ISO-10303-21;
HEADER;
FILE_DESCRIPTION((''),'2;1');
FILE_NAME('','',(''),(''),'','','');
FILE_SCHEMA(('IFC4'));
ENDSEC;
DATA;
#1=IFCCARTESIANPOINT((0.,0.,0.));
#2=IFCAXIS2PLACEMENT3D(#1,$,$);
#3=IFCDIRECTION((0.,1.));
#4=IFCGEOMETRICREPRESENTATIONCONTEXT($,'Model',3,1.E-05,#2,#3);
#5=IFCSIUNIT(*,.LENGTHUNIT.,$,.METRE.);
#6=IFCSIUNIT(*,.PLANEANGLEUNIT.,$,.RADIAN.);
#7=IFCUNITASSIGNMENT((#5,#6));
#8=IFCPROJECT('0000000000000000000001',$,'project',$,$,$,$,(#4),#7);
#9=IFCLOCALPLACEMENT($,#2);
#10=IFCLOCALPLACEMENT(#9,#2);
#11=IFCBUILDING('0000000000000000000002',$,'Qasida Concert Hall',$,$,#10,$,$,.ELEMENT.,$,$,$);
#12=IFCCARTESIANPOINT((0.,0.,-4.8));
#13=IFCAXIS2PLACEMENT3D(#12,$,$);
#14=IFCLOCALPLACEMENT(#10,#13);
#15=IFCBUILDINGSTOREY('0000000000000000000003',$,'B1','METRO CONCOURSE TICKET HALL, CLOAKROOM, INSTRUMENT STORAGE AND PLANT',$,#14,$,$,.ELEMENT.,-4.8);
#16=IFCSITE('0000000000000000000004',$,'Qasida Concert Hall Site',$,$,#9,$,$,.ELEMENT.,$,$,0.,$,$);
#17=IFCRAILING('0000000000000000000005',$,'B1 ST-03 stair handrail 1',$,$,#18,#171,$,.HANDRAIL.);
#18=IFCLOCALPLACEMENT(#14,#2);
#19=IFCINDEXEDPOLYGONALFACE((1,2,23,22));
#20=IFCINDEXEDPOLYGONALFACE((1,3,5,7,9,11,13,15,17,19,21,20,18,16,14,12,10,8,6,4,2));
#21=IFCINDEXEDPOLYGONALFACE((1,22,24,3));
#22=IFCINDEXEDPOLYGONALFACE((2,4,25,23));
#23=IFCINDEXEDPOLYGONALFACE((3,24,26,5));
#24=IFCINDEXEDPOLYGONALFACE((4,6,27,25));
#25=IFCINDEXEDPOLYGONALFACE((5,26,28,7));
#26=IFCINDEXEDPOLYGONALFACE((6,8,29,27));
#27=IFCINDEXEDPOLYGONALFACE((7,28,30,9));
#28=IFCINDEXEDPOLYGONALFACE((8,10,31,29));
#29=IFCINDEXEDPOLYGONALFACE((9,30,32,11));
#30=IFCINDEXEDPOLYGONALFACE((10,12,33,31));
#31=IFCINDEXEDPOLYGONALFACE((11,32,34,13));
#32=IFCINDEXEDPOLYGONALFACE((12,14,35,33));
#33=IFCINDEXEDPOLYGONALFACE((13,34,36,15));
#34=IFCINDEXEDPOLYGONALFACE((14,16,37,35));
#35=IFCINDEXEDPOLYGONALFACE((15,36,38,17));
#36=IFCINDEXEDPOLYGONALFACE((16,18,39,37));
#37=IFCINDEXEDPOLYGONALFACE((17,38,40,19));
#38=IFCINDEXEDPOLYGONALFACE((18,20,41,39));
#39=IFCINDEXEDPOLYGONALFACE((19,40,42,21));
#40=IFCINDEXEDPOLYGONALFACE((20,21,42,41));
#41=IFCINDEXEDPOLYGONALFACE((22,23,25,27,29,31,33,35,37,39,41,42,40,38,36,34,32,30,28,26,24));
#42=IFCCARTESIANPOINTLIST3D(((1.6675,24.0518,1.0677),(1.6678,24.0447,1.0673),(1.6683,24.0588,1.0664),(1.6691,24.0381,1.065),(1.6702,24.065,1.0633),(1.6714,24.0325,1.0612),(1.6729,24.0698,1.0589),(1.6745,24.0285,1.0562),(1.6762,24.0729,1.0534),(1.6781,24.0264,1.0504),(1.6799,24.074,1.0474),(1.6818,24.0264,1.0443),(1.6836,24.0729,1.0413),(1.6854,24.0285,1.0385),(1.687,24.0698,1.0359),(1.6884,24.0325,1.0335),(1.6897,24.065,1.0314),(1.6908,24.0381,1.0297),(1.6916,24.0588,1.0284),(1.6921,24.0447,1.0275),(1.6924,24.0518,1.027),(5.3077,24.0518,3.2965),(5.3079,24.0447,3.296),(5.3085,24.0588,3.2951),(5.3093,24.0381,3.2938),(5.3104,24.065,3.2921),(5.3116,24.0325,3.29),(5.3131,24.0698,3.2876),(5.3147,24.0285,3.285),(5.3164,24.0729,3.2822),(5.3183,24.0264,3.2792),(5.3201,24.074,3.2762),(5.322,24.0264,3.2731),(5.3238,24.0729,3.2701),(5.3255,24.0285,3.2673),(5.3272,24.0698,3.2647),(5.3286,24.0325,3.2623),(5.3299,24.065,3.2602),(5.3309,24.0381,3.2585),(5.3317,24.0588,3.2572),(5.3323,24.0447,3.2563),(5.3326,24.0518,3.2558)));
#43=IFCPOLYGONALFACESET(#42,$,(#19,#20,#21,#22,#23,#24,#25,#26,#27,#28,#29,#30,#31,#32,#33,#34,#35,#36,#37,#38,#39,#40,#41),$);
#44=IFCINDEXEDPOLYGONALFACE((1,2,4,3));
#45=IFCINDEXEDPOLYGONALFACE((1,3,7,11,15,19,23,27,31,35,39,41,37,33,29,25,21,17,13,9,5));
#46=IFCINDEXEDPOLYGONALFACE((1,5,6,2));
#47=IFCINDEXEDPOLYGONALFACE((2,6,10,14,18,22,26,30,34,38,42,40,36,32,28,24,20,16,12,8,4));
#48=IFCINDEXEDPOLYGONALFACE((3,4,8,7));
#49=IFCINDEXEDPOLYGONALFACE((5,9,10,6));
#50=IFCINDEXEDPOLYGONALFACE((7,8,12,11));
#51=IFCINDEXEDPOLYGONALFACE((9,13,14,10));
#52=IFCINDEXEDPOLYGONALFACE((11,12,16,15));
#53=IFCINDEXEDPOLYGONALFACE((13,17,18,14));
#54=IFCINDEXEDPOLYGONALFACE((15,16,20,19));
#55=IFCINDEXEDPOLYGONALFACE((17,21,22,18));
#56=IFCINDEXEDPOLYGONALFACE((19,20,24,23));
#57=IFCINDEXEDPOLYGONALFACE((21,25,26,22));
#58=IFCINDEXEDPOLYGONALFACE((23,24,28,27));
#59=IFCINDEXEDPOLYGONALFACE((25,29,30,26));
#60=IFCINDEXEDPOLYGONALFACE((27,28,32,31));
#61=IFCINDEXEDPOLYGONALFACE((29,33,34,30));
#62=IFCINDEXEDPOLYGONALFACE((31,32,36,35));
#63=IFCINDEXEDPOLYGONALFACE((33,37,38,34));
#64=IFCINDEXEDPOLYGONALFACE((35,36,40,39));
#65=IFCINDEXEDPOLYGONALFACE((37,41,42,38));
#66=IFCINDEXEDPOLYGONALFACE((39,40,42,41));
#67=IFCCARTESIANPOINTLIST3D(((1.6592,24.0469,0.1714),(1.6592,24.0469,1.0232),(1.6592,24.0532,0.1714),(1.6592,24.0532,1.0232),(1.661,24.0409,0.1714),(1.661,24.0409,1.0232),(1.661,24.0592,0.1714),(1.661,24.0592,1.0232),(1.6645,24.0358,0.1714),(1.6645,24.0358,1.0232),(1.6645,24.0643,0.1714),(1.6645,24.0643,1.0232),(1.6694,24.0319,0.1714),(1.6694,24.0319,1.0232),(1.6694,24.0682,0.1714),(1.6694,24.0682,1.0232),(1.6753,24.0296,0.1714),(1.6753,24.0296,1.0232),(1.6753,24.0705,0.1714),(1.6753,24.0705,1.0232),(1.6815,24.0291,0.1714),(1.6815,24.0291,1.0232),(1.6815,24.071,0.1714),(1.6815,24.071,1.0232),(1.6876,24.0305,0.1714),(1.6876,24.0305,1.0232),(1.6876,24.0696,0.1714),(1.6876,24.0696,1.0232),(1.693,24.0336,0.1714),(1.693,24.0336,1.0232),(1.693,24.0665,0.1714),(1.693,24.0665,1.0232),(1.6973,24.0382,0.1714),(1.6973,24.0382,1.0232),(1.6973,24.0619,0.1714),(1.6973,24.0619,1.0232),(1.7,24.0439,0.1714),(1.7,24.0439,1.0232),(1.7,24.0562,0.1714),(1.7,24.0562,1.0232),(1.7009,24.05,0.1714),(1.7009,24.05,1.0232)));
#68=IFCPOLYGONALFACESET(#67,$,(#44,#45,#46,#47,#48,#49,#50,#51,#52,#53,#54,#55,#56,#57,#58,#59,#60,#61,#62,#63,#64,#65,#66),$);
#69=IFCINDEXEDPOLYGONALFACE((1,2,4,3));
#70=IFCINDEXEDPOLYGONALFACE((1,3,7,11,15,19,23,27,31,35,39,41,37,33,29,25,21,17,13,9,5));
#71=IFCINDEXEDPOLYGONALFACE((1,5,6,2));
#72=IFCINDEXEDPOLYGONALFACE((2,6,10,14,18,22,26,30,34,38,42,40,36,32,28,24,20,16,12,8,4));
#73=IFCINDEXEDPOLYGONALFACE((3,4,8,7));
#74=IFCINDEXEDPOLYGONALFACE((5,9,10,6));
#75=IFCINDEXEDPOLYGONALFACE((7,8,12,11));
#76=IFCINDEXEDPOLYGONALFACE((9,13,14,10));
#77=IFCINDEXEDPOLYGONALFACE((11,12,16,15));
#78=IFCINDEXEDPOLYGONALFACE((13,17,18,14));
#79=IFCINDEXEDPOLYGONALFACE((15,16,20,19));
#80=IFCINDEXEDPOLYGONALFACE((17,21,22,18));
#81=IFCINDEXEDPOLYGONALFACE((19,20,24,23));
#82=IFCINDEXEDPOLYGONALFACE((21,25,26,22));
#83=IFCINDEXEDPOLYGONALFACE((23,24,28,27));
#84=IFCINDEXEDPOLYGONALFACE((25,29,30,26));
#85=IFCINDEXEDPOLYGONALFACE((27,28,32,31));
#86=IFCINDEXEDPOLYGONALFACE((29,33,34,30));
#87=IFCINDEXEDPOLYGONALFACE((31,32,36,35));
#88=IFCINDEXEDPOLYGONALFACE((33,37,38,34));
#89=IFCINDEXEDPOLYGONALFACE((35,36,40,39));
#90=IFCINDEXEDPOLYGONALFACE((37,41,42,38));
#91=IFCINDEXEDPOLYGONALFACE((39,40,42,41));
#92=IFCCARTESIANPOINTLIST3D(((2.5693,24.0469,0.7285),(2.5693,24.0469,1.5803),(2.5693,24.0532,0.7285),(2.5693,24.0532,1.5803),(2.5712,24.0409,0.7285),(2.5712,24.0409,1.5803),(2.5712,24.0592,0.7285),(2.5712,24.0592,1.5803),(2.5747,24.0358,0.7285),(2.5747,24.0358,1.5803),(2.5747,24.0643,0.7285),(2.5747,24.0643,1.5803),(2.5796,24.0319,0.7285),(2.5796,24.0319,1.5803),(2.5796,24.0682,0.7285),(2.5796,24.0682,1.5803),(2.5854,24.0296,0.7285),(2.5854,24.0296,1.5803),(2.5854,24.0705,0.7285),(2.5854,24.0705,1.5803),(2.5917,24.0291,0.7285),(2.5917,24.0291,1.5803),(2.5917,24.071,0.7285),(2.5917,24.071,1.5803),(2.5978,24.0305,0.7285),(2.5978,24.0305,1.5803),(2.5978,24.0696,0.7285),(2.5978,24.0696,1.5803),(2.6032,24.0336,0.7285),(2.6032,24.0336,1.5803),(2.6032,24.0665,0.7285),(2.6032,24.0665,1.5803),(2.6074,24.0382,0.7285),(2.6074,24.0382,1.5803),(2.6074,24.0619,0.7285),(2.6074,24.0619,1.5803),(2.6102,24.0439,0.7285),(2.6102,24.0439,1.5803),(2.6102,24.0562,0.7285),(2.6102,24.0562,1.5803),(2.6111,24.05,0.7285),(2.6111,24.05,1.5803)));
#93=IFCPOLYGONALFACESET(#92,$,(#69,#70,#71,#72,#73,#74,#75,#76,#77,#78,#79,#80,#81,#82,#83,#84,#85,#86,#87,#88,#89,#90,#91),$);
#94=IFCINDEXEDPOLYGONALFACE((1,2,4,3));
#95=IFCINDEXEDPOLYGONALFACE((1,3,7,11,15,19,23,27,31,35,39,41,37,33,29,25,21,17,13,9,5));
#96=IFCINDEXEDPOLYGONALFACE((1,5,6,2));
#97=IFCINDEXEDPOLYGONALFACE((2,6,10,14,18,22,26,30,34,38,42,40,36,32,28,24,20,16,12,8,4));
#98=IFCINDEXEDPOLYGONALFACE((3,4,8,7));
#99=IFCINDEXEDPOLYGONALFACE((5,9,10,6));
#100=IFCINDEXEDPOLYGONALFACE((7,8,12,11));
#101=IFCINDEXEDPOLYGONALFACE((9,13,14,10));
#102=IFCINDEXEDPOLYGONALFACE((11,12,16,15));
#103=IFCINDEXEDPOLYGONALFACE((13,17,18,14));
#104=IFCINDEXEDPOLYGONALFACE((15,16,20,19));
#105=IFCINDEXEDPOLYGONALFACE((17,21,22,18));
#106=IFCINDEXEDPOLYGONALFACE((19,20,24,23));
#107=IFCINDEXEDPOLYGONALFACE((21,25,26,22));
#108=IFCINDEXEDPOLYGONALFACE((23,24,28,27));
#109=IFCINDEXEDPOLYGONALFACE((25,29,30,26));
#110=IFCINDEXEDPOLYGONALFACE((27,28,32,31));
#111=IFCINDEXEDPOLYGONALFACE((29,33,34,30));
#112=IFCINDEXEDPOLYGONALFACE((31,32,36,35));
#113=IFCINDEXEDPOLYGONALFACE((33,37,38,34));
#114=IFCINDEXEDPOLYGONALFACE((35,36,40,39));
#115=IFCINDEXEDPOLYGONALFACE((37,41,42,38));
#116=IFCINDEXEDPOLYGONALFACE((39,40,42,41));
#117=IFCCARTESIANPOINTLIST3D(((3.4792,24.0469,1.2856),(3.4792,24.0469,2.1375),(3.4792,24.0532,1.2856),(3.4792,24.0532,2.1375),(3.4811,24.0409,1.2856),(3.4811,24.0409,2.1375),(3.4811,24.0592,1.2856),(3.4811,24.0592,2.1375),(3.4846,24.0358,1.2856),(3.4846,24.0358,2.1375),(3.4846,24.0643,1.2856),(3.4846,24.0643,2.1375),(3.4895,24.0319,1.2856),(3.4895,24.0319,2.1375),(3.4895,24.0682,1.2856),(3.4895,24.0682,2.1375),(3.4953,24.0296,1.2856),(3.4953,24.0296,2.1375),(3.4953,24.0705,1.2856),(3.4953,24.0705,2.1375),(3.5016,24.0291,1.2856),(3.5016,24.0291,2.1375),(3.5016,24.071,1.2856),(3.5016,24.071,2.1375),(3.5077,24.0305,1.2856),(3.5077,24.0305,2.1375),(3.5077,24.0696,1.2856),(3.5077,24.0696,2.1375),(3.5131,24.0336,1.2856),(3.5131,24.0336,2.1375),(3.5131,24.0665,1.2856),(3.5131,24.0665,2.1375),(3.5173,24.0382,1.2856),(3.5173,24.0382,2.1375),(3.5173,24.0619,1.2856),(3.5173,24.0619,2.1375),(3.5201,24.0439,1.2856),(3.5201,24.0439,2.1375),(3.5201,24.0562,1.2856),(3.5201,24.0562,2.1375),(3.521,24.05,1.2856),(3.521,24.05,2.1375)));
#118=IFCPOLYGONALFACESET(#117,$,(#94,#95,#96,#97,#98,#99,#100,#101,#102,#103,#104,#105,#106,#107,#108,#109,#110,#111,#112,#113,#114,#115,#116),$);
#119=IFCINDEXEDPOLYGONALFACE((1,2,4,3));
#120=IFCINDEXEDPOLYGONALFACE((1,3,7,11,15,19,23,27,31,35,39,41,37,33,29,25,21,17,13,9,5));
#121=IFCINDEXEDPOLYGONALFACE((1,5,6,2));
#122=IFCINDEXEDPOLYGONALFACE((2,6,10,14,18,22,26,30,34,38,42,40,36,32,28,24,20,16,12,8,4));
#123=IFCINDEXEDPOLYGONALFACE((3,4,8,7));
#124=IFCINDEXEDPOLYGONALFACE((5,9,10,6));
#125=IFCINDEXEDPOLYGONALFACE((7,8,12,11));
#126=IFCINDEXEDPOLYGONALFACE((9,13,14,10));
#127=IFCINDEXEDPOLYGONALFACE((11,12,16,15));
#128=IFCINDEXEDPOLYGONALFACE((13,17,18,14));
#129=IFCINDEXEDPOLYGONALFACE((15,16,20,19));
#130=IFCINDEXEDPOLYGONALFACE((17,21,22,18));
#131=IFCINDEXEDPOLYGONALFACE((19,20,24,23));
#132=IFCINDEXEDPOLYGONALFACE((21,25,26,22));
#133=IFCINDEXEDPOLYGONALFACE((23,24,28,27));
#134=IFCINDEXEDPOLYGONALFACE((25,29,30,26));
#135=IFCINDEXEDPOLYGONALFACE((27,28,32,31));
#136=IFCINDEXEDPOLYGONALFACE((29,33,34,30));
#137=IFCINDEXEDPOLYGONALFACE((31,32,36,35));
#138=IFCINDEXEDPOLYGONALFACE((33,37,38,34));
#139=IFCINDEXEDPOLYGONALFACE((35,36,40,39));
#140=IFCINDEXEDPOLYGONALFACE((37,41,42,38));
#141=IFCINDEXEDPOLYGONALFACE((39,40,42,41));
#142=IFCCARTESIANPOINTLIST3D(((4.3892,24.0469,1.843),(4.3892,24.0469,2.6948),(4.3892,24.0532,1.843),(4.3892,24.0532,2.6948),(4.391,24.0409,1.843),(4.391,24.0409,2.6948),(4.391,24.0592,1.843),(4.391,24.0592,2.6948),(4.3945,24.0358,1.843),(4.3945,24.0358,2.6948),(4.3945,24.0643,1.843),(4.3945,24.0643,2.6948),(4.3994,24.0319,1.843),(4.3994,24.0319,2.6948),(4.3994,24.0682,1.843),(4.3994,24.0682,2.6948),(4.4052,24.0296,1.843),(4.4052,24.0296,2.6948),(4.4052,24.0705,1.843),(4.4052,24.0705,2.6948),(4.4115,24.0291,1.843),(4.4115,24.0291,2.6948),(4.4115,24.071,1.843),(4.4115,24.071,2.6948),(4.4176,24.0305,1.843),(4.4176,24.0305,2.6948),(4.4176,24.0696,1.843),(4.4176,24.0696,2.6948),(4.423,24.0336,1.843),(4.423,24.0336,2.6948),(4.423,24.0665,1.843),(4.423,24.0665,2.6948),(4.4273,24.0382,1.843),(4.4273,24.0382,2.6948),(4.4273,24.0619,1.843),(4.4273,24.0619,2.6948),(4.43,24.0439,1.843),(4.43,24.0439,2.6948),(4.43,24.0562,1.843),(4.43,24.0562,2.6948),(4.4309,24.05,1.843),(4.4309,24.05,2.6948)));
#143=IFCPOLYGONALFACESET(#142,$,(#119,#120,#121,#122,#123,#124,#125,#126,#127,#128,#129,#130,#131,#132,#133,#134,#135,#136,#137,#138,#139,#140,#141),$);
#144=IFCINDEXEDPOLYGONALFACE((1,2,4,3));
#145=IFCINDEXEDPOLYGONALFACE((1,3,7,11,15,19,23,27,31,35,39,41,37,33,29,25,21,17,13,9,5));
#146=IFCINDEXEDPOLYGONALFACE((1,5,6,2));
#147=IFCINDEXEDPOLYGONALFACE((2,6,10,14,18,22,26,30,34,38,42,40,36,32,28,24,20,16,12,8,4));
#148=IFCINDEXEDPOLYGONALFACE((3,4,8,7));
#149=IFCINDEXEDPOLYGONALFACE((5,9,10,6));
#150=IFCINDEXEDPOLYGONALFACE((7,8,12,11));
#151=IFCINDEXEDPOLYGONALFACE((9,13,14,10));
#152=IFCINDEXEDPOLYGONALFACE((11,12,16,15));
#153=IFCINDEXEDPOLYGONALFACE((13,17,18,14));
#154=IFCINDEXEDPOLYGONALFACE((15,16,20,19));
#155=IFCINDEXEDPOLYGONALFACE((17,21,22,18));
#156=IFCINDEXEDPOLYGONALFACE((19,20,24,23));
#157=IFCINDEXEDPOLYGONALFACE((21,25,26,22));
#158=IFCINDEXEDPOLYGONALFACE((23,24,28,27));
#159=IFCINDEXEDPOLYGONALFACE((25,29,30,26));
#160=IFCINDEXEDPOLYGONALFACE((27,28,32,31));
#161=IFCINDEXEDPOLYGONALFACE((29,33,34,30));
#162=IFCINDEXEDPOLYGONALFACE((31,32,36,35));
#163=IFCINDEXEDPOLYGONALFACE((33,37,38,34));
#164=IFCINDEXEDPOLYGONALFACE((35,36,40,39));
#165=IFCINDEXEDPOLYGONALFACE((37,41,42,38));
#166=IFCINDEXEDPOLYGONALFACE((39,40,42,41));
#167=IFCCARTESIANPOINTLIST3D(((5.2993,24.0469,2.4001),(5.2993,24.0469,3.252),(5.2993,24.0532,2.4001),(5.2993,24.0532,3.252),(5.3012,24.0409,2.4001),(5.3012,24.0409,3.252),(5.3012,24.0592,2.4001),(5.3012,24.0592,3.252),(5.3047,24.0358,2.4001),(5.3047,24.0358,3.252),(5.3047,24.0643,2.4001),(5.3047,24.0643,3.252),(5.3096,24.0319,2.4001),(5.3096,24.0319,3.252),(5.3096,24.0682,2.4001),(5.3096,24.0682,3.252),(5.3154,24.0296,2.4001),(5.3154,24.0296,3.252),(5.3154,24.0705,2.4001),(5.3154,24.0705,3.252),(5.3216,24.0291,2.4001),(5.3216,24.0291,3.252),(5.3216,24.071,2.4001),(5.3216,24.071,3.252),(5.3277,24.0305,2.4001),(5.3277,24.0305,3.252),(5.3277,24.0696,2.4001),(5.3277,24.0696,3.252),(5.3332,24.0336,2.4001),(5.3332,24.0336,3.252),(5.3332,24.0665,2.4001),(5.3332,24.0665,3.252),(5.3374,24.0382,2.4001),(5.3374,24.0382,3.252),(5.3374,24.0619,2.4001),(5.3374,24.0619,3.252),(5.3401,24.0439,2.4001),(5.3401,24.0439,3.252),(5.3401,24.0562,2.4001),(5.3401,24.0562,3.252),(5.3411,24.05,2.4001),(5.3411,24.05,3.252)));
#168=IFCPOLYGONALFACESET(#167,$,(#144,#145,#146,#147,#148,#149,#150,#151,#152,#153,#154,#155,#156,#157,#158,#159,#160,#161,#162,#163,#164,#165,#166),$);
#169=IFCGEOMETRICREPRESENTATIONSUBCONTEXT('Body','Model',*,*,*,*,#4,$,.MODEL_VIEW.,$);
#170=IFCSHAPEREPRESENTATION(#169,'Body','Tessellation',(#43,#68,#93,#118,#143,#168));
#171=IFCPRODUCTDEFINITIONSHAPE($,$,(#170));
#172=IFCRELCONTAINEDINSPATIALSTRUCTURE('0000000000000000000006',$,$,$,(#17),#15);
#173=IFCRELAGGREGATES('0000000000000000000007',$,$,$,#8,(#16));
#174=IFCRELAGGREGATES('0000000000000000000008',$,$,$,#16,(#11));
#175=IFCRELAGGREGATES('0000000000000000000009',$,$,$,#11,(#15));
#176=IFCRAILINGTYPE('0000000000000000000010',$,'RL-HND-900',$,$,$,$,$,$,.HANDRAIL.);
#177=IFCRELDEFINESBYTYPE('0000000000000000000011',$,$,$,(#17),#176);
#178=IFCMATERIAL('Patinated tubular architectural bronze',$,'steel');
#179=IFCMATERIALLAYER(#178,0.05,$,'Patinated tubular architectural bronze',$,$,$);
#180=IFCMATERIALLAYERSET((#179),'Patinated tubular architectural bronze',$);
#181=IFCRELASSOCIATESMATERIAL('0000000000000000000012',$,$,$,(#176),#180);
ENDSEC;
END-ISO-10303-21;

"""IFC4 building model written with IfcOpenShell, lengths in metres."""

from ifc_helpers import new_model, si_unit, direction, frame, origin, origin_2d, place, context, subcontext, project, spatial, circle, extrude, material, layer, layer_set, type_object, element, save


model = new_model("IFC4")

# Units and contexts
model_context = context("Model", 3, precision=1e-05, world=origin(), true_north=direction((0.0, 1.0)))
body_context = subcontext(model_context, "Body", "Model", "MODEL_VIEW")
ifc_project = project(units=[si_unit("LENGTHUNIT", "METRE"), si_unit("PLANEANGLEUNIT", "RADIAN")], contexts=[model_context])

# Site, building, storey
site_placement = place(None, origin())
site = spatial("IfcSite", under=ifc_project, at=site_placement, Name="Qasida Concert Hall Site", CompositionType="ELEMENT", RefElevation=0.0)
building_placement = place(site_placement, origin())
building = spatial("IfcBuilding", under=site, at=building_placement, Name="Qasida Concert Hall", CompositionType="ELEMENT")
storey_placement = place(building_placement, frame((0.0, 0.0, -4.8)))
storey = spatial("IfcBuildingStorey", under=building, at=storey_placement, Name="B1", Description="METRO CONCOURSE TICKET HALL, CLOAKROOM, INSTRUMENT STORAGE AND PLANT", CompositionType="ELEMENT", Elevation=-4.8)

# Railing
ifc_material_1 = material(Name="Patinated tubular architectural bronze", Category="steel")
ifc_layer_1 = layer(ifc_material_1, 0.05, Name="Patinated tubular architectural bronze")
ifc_layer_set_1 = layer_set([ifc_layer_1], Name="Patinated tubular architectural bronze")
railing_type_1 = type_object("IfcRailingType", Name="RL-HND-900", PredefinedType="HANDRAIL", material=ifc_layer_set_1)
railing_1_placement = place(storey_placement, frame((1.6799, 24.05, 0.1714)))
element("IfcRailing", 1, at=railing_1_placement, inside=storey, type_object=railing_type_1, Name="B1 ST-03 stair handrail 1", PredefinedType="HANDRAIL", context=body_context, shape_type="SweptSolid", body=[
    extrude(circle(Radius=0.0239, at=origin_2d()), frame((0.0, 0.0, 0.876), z_axis=(0.85284, 0.0, 0.522172), x_axis=(0.0, 1.0, 0.0)), (0.0, 0.0, 1.0), 4.2683),
    extrude(circle(Radius=0.021, at=origin_2d()), origin(), (0.0, 0.0, 1.0), 0.8518),
    extrude(circle(Radius=0.021, at=origin_2d()), frame((0.9102, 0.0, 0.5571)), (0.0, 0.0, 1.0), 0.8518),
    extrude(circle(Radius=0.021, at=origin_2d()), frame((1.8201, 0.0, 1.1143)), (0.0, 0.0, 1.0), 0.8518),
    extrude(circle(Radius=0.021, at=origin_2d()), frame((2.73, 0.0, 1.6716)), (0.0, 0.0, 1.0), 0.8518),
    extrude(circle(Radius=0.021, at=origin_2d()), frame((3.6401, 0.0, 2.2288)), (0.0, 0.0, 1.0), 0.8518),
])

save(model, "model.ifc")
